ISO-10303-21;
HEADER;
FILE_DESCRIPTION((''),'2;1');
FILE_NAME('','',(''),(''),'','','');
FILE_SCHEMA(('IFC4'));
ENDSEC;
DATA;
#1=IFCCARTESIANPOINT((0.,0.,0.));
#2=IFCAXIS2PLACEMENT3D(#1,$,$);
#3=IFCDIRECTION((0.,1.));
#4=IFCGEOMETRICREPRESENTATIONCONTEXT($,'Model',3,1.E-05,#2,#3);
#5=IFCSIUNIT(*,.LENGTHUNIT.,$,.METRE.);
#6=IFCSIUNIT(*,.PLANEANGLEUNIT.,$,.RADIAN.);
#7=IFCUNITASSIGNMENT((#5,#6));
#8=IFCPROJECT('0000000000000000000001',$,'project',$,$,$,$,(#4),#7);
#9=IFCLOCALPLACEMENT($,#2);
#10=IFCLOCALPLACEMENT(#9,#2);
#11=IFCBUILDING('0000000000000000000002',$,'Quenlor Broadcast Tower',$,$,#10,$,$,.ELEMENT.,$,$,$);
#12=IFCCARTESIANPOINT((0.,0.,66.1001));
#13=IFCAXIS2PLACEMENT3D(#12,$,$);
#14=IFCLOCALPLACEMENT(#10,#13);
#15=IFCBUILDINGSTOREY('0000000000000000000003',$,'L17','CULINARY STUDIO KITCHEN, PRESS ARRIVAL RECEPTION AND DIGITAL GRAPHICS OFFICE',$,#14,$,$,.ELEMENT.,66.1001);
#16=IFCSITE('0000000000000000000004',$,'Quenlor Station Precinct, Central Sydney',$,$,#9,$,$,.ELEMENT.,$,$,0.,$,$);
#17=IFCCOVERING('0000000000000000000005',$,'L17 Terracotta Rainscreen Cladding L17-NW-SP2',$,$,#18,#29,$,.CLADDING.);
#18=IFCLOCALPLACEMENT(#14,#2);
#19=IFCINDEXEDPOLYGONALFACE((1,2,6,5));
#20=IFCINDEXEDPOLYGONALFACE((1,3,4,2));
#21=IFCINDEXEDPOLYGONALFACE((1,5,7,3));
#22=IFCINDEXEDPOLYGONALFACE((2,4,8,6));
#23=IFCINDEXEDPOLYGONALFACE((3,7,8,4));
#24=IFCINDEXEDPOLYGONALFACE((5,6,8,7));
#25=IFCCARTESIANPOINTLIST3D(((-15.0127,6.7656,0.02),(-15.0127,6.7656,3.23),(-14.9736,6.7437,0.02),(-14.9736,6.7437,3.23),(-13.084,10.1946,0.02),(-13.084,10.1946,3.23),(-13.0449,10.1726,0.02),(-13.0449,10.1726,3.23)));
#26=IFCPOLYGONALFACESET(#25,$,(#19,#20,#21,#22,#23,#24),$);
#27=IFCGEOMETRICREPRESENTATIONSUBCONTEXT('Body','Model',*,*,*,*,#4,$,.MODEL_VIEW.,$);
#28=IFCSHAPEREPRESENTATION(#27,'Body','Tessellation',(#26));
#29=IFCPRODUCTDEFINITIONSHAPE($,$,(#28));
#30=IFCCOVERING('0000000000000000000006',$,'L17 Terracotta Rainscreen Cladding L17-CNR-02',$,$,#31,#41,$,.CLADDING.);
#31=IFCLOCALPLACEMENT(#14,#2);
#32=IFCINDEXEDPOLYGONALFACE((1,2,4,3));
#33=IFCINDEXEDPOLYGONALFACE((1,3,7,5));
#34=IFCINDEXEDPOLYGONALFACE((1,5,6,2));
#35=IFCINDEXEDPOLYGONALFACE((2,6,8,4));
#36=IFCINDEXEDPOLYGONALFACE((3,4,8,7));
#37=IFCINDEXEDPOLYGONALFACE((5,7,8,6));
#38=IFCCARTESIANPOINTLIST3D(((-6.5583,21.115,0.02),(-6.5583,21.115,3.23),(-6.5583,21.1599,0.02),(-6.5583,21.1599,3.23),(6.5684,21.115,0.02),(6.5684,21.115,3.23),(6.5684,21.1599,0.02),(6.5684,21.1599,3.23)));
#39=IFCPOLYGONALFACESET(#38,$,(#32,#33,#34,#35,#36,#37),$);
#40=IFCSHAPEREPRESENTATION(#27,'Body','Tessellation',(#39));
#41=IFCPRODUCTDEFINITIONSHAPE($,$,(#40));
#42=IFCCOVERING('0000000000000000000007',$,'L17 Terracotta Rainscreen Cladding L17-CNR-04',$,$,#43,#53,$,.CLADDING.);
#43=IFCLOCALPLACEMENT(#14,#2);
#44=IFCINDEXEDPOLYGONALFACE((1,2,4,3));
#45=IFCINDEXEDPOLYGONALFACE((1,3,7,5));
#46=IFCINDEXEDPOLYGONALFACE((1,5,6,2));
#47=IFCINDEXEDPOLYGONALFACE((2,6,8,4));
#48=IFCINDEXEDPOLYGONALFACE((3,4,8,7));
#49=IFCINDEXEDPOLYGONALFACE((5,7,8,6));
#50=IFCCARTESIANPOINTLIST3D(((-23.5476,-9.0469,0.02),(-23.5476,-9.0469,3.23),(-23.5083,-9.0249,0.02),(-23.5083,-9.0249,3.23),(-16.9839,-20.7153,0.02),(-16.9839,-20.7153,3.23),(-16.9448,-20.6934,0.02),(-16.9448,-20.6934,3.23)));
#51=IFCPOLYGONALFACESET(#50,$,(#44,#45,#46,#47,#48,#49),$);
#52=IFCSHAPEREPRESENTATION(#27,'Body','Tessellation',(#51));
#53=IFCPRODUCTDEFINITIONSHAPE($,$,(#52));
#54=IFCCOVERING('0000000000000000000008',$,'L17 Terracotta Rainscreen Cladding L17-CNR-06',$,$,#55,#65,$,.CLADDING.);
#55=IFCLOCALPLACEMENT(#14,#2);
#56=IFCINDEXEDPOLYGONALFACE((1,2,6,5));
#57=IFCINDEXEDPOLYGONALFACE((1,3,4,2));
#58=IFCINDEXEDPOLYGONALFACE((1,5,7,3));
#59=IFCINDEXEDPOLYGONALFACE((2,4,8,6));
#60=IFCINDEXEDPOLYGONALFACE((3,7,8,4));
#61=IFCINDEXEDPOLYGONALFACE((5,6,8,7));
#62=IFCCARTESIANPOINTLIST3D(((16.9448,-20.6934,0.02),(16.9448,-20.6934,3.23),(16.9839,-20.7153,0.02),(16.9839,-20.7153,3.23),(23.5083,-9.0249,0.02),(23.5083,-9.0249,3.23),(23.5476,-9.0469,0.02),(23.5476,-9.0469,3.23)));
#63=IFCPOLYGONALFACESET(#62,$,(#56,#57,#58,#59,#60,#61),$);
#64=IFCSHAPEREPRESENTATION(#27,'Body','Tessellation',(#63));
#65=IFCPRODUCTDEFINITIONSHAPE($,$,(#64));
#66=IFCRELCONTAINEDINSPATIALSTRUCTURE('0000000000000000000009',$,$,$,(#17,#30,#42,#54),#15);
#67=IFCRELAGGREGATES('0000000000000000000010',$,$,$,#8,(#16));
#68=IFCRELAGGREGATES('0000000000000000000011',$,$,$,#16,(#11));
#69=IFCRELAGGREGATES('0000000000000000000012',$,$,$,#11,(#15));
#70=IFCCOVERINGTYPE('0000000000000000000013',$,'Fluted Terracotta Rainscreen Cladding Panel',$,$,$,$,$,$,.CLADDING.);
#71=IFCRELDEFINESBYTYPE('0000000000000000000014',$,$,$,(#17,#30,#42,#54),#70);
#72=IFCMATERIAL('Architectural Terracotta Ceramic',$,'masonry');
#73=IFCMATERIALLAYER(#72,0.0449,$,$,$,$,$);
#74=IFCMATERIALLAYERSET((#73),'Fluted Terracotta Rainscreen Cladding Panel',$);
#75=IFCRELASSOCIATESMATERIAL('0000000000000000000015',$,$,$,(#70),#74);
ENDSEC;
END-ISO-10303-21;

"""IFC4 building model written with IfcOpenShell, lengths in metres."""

from ifc_helpers import new_model, si_unit, direction, frame, origin, place, context, subcontext, project, spatial, polyline, outline, extrude, material, layer, layer_set, type_object, element, save


model = new_model("IFC4")

# Units and contexts
model_context = context("Model", 3, precision=1e-05, world=origin(), true_north=direction((0.0, 1.0)))
body_context = subcontext(model_context, "Body", "Model", "MODEL_VIEW")
ifc_project = project(units=[si_unit("LENGTHUNIT", "METRE"), si_unit("PLANEANGLEUNIT", "RADIAN")], contexts=[model_context])

# Site, building, storey
site_placement = place(None, origin())
site = spatial("IfcSite", under=ifc_project, at=site_placement, Name="Quenlor Station Precinct, Central Sydney", CompositionType="ELEMENT", RefElevation=0.0)
building_placement = place(site_placement, origin())
building = spatial("IfcBuilding", under=site, at=building_placement, Name="Quenlor Broadcast Tower", CompositionType="ELEMENT")
storey_placement = place(building_placement, frame((0.0, 0.0, 66.1001)))
storey = spatial("IfcBuildingStorey", under=building, at=storey_placement, Name="L17", Description="CULINARY STUDIO KITCHEN, PRESS ARRIVAL RECEPTION AND DIGITAL GRAPHICS OFFICE", CompositionType="ELEMENT", Elevation=66.1001)

# Coverings
ifc_material_1 = material(Name="Architectural Terracotta Ceramic", Category="masonry")
ifc_layer_1 = layer(ifc_material_1, 0.0449)
ifc_layer_set_1 = layer_set([ifc_layer_1], Name="Fluted Terracotta Rainscreen Cladding Panel")
covering_type_1 = type_object("IfcCoveringType", Name="Fluted Terracotta Rainscreen Cladding Panel", PredefinedType="CLADDING", material=ifc_layer_set_1)
covering_1_placement = place(storey_placement, frame((0.0, 0.0, 0.02)))
element("IfcCovering", 1, at=covering_1_placement, inside=storey, type_object=covering_type_1, Name="L17 Terracotta Rainscreen Cladding L17-NW-SP2", PredefinedType="CLADDING", context=body_context, shape_type="SweptSolid", body=[
    extrude(outline(polyline([(-14.9736, 6.7437), (-13.0449, 10.1726), (-13.084, 10.1946), (-15.0127, 6.7656), (-14.9736, 6.7437)])), origin(), (0.0, 0.0, 1.0), 3.21),
])
covering_2_placement = place(storey_placement, frame((0.0, 0.0, 0.02)))
element("IfcCovering", 2, at=covering_2_placement, inside=storey, type_object=covering_type_1, Name="L17 Terracotta Rainscreen Cladding L17-CNR-02", PredefinedType="CLADDING", context=body_context, shape_type="SweptSolid", body=[
    extrude(outline(polyline([(6.5684, 21.1599), (-6.5583, 21.1599), (-6.5583, 21.115), (6.5684, 21.115), (6.5684, 21.1599)])), origin(), (0.0, 0.0, 1.0), 3.21),
])
covering_3_placement = place(storey_placement, frame((0.0, 0.0, 0.02)))
element("IfcCovering", 3, at=covering_3_placement, inside=storey, type_object=covering_type_1, Name="L17 Terracotta Rainscreen Cladding L17-CNR-04", PredefinedType="CLADDING", context=body_context, shape_type="SweptSolid", body=[
    extrude(outline(polyline([(-23.5476, -9.0469), (-16.9839, -20.7153), (-16.9448, -20.6934), (-23.5083, -9.0249), (-23.5476, -9.0469)])), origin(), (0.0, 0.0, 1.0), 3.21),
])
covering_4_placement = place(storey_placement, frame((0.0, 0.0, 0.02)))
element("IfcCovering", 4, at=covering_4_placement, inside=storey, type_object=covering_type_1, Name="L17 Terracotta Rainscreen Cladding L17-CNR-06", PredefinedType="CLADDING", context=body_context, shape_type="SweptSolid", body=[
    extrude(outline(polyline([(16.9839, -20.7153), (23.5476, -9.0469), (23.5083, -9.0249), (16.9448, -20.6934), (16.9839, -20.7153)])), origin(), (0.0, 0.0, 1.0), 3.21),
])

save(model, "model.ifc")
